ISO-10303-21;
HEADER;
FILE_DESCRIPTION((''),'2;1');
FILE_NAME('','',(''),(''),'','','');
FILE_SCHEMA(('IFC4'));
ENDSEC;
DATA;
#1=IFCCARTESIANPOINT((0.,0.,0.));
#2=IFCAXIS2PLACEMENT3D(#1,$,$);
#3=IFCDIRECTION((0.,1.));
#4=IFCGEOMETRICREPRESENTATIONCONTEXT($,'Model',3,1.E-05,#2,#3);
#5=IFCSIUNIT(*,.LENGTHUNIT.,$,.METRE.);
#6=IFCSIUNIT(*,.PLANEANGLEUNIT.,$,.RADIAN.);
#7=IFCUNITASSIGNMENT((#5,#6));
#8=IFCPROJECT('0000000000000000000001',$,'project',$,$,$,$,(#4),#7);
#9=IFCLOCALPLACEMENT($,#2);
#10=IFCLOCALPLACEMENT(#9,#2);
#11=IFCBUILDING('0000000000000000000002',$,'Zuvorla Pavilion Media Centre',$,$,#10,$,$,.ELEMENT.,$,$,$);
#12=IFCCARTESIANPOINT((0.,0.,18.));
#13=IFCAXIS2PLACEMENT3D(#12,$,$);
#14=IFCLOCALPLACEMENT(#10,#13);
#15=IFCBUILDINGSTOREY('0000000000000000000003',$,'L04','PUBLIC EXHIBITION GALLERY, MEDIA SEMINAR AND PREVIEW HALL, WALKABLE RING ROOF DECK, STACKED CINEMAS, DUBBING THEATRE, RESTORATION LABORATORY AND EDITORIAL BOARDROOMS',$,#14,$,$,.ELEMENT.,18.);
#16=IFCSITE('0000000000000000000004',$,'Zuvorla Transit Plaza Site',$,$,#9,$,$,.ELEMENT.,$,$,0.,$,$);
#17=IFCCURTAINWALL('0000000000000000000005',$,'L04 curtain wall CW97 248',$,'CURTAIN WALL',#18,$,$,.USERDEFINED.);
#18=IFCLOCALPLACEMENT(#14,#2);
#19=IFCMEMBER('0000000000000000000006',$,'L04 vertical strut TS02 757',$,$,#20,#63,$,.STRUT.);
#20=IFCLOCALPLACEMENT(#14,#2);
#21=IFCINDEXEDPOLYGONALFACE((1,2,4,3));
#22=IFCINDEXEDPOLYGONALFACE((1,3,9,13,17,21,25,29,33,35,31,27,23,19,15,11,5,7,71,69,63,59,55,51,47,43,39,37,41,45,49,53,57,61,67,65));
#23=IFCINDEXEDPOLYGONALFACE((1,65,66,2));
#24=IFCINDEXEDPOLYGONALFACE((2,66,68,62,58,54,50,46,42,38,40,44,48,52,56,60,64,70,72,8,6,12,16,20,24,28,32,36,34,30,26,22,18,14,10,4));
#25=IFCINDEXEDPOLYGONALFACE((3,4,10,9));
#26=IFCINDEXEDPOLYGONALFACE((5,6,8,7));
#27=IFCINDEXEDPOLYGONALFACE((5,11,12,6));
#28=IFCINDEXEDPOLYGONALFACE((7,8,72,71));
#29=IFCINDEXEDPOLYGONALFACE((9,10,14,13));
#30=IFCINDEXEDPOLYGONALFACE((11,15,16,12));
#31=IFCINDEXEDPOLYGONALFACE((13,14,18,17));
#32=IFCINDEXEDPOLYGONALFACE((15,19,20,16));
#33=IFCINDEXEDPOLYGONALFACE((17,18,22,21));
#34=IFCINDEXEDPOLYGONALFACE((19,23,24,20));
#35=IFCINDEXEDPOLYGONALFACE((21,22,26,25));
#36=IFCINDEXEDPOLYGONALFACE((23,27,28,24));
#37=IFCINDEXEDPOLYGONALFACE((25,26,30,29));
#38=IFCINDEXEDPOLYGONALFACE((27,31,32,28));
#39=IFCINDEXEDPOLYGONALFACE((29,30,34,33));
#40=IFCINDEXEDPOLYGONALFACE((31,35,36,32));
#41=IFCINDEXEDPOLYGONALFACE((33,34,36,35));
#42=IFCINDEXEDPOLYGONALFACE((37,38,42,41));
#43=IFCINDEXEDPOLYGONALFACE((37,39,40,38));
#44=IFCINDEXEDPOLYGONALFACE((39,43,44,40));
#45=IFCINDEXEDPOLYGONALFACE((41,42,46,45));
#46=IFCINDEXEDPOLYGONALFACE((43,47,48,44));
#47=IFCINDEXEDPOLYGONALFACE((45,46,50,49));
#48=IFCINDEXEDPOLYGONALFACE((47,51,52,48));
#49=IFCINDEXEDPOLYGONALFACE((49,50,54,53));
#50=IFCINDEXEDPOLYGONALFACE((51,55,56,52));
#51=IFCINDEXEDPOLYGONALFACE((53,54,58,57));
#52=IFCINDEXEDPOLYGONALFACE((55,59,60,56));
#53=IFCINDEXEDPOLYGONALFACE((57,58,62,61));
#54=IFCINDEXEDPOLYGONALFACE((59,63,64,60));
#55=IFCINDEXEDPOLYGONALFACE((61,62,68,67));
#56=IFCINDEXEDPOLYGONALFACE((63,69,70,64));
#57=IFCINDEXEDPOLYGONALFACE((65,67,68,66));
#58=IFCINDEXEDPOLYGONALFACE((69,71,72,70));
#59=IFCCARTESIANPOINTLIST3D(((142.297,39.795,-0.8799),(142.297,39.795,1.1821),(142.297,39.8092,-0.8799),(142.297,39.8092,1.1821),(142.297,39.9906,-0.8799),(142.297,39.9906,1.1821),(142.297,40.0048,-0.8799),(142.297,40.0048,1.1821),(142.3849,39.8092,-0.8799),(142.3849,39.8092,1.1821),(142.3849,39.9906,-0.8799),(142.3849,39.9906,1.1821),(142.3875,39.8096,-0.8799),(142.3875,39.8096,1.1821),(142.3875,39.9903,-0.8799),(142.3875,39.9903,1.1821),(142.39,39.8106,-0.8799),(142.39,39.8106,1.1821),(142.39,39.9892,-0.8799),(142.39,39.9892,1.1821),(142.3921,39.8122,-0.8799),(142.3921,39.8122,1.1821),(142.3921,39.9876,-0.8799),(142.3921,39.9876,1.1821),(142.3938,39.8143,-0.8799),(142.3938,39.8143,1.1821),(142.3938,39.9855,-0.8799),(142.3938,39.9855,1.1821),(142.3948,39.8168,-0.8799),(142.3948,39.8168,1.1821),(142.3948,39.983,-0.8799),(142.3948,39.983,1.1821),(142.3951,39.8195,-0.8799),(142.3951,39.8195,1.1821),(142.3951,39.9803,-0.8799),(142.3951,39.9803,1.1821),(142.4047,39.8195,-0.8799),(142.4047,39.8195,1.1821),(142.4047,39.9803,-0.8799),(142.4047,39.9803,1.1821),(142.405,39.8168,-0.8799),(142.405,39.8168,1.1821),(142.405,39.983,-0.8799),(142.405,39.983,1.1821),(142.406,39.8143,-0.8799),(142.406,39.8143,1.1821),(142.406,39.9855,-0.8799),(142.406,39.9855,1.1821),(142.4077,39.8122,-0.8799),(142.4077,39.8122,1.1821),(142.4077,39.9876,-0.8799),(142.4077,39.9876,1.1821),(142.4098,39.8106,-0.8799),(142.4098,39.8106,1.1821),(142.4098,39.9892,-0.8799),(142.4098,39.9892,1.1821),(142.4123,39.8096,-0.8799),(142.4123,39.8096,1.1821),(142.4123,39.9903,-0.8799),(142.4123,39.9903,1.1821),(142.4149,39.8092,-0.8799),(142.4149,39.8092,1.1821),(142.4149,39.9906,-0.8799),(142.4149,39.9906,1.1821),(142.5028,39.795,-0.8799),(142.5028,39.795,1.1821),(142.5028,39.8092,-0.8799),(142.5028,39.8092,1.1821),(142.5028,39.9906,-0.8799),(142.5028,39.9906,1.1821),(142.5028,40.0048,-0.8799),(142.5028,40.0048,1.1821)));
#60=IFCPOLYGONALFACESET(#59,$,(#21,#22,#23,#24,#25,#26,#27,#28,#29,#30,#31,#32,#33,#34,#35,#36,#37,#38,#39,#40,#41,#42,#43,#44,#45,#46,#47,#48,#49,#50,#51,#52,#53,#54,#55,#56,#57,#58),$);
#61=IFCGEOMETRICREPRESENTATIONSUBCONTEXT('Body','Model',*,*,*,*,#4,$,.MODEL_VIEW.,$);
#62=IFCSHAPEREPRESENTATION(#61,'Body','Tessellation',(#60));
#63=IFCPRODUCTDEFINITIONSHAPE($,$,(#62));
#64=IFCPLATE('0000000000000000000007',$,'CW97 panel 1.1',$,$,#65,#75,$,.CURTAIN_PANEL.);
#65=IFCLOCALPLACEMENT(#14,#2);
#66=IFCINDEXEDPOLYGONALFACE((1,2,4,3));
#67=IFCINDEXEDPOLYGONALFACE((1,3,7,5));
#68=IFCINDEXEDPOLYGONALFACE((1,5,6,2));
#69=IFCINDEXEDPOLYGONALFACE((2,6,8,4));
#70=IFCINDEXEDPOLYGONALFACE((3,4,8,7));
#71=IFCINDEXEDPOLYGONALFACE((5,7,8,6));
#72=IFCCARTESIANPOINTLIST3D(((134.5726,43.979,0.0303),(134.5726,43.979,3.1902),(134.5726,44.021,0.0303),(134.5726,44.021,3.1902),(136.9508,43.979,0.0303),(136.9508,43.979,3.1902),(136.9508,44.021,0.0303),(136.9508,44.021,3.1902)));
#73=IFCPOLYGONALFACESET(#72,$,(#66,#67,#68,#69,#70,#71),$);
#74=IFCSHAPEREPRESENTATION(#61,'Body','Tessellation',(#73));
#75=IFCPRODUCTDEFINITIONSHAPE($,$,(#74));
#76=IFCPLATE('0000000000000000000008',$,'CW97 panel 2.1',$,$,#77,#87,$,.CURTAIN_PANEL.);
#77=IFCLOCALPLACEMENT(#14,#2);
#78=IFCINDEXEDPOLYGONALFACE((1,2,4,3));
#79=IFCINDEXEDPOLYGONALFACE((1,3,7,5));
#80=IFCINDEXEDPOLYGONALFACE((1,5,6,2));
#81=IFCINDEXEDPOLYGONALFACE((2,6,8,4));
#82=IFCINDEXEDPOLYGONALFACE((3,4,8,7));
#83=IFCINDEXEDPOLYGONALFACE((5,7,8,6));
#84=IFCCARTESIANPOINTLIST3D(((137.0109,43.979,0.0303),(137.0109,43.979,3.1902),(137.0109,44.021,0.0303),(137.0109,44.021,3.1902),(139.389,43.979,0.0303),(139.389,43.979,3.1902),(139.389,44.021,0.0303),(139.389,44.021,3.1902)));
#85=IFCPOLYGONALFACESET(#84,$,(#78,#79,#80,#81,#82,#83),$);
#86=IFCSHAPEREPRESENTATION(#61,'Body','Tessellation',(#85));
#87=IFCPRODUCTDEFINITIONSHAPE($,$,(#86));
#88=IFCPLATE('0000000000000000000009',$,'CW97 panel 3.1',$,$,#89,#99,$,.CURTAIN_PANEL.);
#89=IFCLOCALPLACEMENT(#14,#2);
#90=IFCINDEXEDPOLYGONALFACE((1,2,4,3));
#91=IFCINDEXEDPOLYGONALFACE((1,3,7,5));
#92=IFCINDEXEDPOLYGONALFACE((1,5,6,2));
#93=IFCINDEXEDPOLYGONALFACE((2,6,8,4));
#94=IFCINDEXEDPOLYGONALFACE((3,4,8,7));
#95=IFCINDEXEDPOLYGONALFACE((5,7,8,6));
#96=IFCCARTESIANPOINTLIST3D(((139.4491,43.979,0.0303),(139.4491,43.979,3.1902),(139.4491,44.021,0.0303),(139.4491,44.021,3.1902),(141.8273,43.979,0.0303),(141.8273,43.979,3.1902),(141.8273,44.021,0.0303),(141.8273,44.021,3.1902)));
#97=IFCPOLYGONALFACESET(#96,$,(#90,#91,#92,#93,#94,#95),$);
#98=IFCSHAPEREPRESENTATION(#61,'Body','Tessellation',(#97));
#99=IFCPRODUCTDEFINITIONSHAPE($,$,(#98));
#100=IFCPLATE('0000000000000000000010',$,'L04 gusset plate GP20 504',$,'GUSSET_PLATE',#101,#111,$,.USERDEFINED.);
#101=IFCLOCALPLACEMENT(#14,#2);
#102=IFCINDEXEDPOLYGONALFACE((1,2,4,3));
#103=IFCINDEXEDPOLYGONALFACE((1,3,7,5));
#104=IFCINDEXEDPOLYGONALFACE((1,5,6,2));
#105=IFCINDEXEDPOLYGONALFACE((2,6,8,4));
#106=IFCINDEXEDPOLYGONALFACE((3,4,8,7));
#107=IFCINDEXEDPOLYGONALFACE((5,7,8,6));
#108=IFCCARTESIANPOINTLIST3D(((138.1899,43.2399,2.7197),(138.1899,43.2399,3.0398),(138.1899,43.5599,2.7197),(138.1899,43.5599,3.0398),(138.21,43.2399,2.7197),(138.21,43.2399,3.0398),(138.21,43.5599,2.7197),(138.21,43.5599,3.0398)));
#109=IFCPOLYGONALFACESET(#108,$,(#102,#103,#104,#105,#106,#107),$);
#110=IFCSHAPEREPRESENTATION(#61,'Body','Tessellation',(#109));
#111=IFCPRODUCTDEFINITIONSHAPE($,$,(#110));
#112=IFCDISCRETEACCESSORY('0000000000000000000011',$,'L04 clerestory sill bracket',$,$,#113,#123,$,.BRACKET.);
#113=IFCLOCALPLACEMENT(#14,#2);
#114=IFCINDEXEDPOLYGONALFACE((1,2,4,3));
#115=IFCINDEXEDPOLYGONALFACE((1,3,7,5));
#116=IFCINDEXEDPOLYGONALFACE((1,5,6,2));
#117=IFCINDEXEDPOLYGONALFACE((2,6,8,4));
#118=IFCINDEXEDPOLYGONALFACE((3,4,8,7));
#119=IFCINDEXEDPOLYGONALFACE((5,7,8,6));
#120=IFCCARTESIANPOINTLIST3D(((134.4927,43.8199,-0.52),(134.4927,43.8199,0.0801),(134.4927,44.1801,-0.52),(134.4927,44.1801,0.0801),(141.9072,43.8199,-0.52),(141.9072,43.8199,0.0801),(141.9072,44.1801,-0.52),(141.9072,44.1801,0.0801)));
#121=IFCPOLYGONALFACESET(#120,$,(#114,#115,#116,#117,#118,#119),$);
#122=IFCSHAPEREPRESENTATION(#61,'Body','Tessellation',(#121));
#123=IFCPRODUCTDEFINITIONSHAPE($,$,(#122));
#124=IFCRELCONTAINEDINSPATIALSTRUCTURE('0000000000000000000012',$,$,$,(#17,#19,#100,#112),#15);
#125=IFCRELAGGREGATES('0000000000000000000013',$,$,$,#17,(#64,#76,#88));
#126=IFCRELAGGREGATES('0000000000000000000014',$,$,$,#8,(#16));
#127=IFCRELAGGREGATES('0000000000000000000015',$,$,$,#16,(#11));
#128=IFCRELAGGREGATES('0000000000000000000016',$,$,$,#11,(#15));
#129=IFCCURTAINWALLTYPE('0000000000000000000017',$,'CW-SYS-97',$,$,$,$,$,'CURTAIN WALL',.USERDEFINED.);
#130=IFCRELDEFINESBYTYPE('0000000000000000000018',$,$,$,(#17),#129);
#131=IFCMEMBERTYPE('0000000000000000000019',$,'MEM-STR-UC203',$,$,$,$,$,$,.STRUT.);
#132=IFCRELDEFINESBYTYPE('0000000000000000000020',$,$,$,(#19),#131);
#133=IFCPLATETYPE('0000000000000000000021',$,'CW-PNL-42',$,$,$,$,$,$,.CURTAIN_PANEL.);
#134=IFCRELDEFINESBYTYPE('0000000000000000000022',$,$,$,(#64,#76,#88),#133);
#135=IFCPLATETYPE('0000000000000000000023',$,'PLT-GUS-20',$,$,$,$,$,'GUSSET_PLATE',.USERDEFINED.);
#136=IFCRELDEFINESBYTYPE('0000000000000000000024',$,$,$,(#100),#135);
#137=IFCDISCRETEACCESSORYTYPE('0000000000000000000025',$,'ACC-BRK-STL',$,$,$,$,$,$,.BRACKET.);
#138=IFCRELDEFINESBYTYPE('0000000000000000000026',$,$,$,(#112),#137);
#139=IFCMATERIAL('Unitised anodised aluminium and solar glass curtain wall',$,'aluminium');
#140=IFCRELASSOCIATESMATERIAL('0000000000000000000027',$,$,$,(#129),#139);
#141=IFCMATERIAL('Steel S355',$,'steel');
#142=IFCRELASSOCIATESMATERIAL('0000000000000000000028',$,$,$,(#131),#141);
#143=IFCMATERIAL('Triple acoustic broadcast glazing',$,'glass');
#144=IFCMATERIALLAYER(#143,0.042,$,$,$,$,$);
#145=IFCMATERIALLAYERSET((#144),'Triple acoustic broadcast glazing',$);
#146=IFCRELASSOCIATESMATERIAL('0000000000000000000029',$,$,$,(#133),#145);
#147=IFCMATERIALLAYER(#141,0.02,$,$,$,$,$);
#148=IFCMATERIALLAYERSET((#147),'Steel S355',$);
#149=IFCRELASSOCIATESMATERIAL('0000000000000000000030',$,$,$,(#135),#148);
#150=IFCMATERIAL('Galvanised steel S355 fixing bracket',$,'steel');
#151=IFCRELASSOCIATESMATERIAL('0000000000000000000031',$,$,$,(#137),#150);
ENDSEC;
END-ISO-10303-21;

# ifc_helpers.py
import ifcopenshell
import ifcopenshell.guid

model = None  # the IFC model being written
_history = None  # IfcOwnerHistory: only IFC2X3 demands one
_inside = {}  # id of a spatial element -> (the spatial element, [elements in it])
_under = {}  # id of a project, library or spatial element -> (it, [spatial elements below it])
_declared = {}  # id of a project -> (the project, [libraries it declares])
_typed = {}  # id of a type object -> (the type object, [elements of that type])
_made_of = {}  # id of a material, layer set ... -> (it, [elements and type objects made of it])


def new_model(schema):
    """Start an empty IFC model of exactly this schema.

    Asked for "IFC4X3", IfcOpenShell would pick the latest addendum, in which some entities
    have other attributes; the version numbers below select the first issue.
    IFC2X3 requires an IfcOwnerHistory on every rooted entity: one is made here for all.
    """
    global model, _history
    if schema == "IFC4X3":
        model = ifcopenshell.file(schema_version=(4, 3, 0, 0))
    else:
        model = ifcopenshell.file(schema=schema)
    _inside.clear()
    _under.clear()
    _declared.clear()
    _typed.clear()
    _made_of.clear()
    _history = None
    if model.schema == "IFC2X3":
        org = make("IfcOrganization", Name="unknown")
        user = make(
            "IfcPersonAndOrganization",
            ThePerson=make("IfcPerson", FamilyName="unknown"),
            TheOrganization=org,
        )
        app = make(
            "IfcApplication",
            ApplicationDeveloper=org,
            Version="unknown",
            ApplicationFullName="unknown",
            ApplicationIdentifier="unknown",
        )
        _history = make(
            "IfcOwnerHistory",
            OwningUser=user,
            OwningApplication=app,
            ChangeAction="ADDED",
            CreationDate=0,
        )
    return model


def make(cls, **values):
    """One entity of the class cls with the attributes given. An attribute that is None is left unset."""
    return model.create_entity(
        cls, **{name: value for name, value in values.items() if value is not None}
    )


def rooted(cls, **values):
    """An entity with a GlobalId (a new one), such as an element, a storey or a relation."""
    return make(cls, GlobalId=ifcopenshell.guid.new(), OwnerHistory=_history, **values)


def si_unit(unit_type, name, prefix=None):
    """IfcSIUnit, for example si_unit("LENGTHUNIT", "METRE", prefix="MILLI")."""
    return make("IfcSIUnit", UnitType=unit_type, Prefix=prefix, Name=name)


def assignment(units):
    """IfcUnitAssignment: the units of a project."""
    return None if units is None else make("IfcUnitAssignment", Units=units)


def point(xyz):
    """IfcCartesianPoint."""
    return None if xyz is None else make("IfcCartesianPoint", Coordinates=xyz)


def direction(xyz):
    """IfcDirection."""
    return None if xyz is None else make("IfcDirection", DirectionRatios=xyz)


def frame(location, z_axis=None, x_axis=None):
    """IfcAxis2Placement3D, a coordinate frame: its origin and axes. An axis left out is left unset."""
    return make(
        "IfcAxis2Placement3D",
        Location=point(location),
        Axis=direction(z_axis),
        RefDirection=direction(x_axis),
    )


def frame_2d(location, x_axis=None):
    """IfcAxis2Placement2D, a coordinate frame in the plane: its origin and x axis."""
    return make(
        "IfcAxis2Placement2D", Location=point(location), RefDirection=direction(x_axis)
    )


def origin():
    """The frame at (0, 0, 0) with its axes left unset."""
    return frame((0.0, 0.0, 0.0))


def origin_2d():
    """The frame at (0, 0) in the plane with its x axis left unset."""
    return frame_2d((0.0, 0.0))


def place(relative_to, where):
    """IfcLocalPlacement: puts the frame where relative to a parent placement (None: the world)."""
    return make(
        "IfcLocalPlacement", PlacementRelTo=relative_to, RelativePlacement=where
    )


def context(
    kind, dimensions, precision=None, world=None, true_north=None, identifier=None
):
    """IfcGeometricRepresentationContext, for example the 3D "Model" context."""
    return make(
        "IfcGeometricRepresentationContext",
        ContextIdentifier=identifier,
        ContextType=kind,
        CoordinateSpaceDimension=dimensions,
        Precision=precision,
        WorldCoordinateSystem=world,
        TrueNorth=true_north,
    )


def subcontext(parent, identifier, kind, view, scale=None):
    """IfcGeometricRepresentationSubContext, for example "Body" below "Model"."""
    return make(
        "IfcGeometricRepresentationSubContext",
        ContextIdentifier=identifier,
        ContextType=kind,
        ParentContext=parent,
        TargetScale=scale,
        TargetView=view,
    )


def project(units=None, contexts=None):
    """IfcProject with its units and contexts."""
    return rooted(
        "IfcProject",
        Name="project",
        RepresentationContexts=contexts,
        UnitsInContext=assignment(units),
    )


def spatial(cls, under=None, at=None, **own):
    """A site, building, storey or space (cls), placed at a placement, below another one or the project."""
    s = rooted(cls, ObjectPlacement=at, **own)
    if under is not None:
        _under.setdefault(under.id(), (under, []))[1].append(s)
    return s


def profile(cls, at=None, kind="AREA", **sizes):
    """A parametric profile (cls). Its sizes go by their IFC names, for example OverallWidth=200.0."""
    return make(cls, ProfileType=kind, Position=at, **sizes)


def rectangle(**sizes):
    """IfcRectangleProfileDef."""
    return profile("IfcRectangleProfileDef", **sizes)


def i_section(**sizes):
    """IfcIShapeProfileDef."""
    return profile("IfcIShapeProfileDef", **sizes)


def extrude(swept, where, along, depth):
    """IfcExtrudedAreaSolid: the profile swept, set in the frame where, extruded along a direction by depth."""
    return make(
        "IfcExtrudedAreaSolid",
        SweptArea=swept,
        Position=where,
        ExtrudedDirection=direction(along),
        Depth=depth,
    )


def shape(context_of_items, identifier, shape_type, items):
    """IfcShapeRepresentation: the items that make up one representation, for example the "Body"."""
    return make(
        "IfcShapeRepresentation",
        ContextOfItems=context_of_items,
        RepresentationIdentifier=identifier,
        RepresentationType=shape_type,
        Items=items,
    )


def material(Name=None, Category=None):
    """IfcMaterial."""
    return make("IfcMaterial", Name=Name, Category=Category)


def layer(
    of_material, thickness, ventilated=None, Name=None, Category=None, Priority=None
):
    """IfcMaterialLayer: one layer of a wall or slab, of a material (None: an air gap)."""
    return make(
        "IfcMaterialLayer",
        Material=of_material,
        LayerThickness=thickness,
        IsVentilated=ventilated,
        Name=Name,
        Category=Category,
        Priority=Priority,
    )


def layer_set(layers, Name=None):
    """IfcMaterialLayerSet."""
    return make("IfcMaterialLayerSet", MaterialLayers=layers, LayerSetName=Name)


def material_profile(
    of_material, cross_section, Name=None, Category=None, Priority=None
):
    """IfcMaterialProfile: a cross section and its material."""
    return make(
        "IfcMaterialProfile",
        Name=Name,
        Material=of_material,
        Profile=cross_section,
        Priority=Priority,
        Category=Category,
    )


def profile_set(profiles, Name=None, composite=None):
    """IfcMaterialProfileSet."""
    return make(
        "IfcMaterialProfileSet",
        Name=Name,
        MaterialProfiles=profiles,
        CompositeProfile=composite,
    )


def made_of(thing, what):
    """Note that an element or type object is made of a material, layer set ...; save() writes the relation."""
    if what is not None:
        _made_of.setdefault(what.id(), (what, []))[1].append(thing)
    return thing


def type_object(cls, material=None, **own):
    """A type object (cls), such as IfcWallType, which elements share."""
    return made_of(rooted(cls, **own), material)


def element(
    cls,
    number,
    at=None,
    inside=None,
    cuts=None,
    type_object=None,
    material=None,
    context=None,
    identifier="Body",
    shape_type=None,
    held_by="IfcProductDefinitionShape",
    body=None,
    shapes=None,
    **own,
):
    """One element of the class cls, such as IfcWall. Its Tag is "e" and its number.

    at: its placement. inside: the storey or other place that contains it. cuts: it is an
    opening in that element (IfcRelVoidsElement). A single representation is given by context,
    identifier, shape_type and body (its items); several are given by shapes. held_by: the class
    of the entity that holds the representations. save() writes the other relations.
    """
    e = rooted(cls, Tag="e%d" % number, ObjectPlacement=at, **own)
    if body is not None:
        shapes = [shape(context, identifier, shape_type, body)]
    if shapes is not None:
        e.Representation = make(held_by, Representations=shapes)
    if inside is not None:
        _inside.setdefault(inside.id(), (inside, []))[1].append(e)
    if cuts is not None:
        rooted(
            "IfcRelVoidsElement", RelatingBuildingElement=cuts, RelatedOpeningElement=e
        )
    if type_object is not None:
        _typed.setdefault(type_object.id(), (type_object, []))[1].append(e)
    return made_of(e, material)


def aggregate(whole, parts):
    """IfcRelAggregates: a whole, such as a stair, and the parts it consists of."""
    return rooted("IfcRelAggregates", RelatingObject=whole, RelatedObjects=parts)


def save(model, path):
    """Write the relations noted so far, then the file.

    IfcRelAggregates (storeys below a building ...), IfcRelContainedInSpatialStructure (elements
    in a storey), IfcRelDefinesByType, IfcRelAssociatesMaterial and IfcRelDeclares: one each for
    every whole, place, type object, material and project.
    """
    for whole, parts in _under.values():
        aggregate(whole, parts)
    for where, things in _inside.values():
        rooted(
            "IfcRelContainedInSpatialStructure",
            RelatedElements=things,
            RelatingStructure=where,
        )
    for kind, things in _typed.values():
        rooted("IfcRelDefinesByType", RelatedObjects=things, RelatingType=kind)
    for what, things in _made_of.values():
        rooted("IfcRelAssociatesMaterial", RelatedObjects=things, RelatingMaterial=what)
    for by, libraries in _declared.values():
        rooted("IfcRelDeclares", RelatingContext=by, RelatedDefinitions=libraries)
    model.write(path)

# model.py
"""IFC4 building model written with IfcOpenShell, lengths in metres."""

from ifc_helpers import new_model, si_unit, direction, frame, origin, origin_2d, place, context, subcontext, project, spatial, rectangle, i_section, extrude, material, layer, layer_set, material_profile, profile_set, type_object, element, aggregate, save


model = new_model("IFC4")

# Units and contexts
model_context = context("Model", 3, precision=1e-05, world=origin(), true_north=direction((0.0, 1.0)))
body_context = subcontext(model_context, "Body", "Model", "MODEL_VIEW")
ifc_project = project(units=[si_unit("LENGTHUNIT", "METRE"), si_unit("PLANEANGLEUNIT", "RADIAN")], contexts=[model_context])

# Site, building, storey
site_placement = place(None, origin())
site = spatial("IfcSite", under=ifc_project, at=site_placement, Name="Zuvorla Transit Plaza Site", CompositionType="ELEMENT", RefElevation=0.0)
building_placement = place(site_placement, origin())
building = spatial("IfcBuilding", under=site, at=building_placement, Name="Zuvorla Pavilion Media Centre", CompositionType="ELEMENT")
storey_placement = place(building_placement, frame((0.0, 0.0, 18.0)))
storey = spatial("IfcBuildingStorey", under=building, at=storey_placement, Name="L04", Description="PUBLIC EXHIBITION GALLERY, MEDIA SEMINAR AND PREVIEW HALL, WALKABLE RING ROOF DECK, STACKED CINEMAS, DUBBING THEATRE, RESTORATION LABORATORY AND EDITORIAL BOARDROOMS", CompositionType="ELEMENT", Elevation=18.0)

# Shared definitions
ifc_material_1 = material(Name="Steel S355", Category="steel")

# Curtain wall
ifc_material_2 = material(Name="Unitised anodised aluminium and solar glass curtain wall", Category="aluminium")
curtain_wall_type = type_object("IfcCurtainWallType", Name="CW-SYS-97", ElementType="CURTAIN WALL", PredefinedType="USERDEFINED", material=ifc_material_2)
curtain_wall_placement = place(storey_placement, origin())
curtain_wall = element("IfcCurtainWall", 1, at=curtain_wall_placement, inside=storey, type_object=curtain_wall_type, Name="L04 curtain wall CW97 248", ObjectType="CURTAIN WALL", PredefinedType="USERDEFINED")

# Member
ifc_material_profile_1 = material_profile(ifc_material_1, i_section(OverallWidth=0.2058, OverallDepth=0.2097, WebThickness=0.0095, FlangeThickness=0.0142, FilletRadius=0.0103, at=origin_2d()), Name="UC 203x203x60")
ifc_profile_set_1 = profile_set([ifc_material_profile_1], Name="Steel S355")
member_type_1 = type_object("IfcMemberType", Name="MEM-STR-UC203", PredefinedType="STRUT", material=ifc_profile_set_1)
member_1_placement = place(storey_placement, frame((142.3999, 39.8999, -0.8799), z_axis=(0.0, 0.0, 1.0), x_axis=(1.0, 0.0, 0.0)))
element("IfcMember", 2, at=member_1_placement, inside=storey, type_object=member_type_1, Name="L04 vertical strut TS02 757", PredefinedType="STRUT", context=body_context, shape_type="SweptSolid", body=[
    extrude(i_section(OverallWidth=0.2058, OverallDepth=0.2097, WebThickness=0.0095, FlangeThickness=0.0142, FilletRadius=0.0103, at=origin_2d()), origin(), (0.0, 0.0, 1.0), 2.062),
])

# Plates
ifc_material_3 = material(Name="Triple acoustic broadcast glazing", Category="glass")
ifc_layer_1 = layer(ifc_material_3, 0.042)
ifc_layer_set_1 = layer_set([ifc_layer_1], Name="Triple acoustic broadcast glazing")
plate_type_1 = type_object("IfcPlateType", Name="CW-PNL-42", PredefinedType="CURTAIN_PANEL", material=ifc_layer_set_1)
plate_1_placement = place(storey_placement, frame((135.7617, 44.0, 0.0303), z_axis=(0.0, 0.0, 1.0), x_axis=(1.0, 0.0, 0.0)))
plate_1 = element("IfcPlate", 3, at=plate_1_placement, type_object=plate_type_1, Name="CW97 panel 1.1", PredefinedType="CURTAIN_PANEL", context=body_context, shape_type="SweptSolid", body=[
    extrude(rectangle(XDim=2.3782, YDim=0.042, at=origin_2d()), origin(), (0.0, 0.0, 1.0), 3.1599),
])
plate_2_placement = place(storey_placement, frame((138.2, 44.0, 0.0303), z_axis=(0.0, 0.0, 1.0), x_axis=(1.0, 0.0, 0.0)))
plate_2 = element("IfcPlate", 4, at=plate_2_placement, type_object=plate_type_1, Name="CW97 panel 2.1", PredefinedType="CURTAIN_PANEL", context=body_context, shape_type="SweptSolid", body=[
    extrude(rectangle(XDim=2.3782, YDim=0.042, at=origin_2d()), origin(), (0.0, 0.0, 1.0), 3.1599),
])
plate_3_placement = place(storey_placement, frame((140.6382, 44.0, 0.0303), z_axis=(0.0, 0.0, 1.0), x_axis=(1.0, 0.0, 0.0)))
plate_3 = element("IfcPlate", 5, at=plate_3_placement, type_object=plate_type_1, Name="CW97 panel 3.1", PredefinedType="CURTAIN_PANEL", context=body_context, shape_type="SweptSolid", body=[
    extrude(rectangle(XDim=2.3782, YDim=0.042, at=origin_2d()), origin(), (0.0, 0.0, 1.0), 3.1599),
])
aggregate(curtain_wall, [plate_1, plate_2, plate_3])
ifc_layer_2 = layer(ifc_material_1, 0.02)
ifc_layer_set_2 = layer_set([ifc_layer_2], Name="Steel S355")
plate_type_2 = type_object("IfcPlateType", Name="PLT-GUS-20", ElementType="GUSSET_PLATE", PredefinedType="USERDEFINED", material=ifc_layer_set_2)
plate_4_placement = place(storey_placement, frame((138.2, 43.3999, 2.7197), z_axis=(0.0, 0.0, 1.0), x_axis=(1.0, 0.0, 0.0)))
element("IfcPlate", 6, at=plate_4_placement, inside=storey, type_object=plate_type_2, Name="L04 gusset plate GP20 504", ObjectType="GUSSET_PLATE", PredefinedType="USERDEFINED", context=body_context, shape_type="SweptSolid", body=[
    extrude(rectangle(XDim=0.02, YDim=0.3201, at=origin_2d()), origin(), (0.0, 0.0, 1.0), 0.3201),
])

# Discrete accessory
ifc_material_4 = material(Name="Galvanised steel S355 fixing bracket", Category="steel")
discrete_accessory_type = type_object("IfcDiscreteAccessoryType", Name="ACC-BRK-STL", PredefinedType="BRACKET", material=ifc_material_4)
discrete_accessory_placement = place(storey_placement, frame((138.2, 44.0, -0.52), z_axis=(0.0, 0.0, 1.0), x_axis=(1.0, 0.0, 0.0)))
element("IfcDiscreteAccessory", 7, at=discrete_accessory_placement, inside=storey, type_object=discrete_accessory_type, Name="L04 clerestory sill bracket", PredefinedType="BRACKET", context=body_context, shape_type="SweptSolid", body=[
    extrude(rectangle(XDim=7.4146, YDim=0.3601, at=origin_2d()), origin(), (0.0, 0.0, 1.0), 0.6001),
])

save(model, "model.ifc")
